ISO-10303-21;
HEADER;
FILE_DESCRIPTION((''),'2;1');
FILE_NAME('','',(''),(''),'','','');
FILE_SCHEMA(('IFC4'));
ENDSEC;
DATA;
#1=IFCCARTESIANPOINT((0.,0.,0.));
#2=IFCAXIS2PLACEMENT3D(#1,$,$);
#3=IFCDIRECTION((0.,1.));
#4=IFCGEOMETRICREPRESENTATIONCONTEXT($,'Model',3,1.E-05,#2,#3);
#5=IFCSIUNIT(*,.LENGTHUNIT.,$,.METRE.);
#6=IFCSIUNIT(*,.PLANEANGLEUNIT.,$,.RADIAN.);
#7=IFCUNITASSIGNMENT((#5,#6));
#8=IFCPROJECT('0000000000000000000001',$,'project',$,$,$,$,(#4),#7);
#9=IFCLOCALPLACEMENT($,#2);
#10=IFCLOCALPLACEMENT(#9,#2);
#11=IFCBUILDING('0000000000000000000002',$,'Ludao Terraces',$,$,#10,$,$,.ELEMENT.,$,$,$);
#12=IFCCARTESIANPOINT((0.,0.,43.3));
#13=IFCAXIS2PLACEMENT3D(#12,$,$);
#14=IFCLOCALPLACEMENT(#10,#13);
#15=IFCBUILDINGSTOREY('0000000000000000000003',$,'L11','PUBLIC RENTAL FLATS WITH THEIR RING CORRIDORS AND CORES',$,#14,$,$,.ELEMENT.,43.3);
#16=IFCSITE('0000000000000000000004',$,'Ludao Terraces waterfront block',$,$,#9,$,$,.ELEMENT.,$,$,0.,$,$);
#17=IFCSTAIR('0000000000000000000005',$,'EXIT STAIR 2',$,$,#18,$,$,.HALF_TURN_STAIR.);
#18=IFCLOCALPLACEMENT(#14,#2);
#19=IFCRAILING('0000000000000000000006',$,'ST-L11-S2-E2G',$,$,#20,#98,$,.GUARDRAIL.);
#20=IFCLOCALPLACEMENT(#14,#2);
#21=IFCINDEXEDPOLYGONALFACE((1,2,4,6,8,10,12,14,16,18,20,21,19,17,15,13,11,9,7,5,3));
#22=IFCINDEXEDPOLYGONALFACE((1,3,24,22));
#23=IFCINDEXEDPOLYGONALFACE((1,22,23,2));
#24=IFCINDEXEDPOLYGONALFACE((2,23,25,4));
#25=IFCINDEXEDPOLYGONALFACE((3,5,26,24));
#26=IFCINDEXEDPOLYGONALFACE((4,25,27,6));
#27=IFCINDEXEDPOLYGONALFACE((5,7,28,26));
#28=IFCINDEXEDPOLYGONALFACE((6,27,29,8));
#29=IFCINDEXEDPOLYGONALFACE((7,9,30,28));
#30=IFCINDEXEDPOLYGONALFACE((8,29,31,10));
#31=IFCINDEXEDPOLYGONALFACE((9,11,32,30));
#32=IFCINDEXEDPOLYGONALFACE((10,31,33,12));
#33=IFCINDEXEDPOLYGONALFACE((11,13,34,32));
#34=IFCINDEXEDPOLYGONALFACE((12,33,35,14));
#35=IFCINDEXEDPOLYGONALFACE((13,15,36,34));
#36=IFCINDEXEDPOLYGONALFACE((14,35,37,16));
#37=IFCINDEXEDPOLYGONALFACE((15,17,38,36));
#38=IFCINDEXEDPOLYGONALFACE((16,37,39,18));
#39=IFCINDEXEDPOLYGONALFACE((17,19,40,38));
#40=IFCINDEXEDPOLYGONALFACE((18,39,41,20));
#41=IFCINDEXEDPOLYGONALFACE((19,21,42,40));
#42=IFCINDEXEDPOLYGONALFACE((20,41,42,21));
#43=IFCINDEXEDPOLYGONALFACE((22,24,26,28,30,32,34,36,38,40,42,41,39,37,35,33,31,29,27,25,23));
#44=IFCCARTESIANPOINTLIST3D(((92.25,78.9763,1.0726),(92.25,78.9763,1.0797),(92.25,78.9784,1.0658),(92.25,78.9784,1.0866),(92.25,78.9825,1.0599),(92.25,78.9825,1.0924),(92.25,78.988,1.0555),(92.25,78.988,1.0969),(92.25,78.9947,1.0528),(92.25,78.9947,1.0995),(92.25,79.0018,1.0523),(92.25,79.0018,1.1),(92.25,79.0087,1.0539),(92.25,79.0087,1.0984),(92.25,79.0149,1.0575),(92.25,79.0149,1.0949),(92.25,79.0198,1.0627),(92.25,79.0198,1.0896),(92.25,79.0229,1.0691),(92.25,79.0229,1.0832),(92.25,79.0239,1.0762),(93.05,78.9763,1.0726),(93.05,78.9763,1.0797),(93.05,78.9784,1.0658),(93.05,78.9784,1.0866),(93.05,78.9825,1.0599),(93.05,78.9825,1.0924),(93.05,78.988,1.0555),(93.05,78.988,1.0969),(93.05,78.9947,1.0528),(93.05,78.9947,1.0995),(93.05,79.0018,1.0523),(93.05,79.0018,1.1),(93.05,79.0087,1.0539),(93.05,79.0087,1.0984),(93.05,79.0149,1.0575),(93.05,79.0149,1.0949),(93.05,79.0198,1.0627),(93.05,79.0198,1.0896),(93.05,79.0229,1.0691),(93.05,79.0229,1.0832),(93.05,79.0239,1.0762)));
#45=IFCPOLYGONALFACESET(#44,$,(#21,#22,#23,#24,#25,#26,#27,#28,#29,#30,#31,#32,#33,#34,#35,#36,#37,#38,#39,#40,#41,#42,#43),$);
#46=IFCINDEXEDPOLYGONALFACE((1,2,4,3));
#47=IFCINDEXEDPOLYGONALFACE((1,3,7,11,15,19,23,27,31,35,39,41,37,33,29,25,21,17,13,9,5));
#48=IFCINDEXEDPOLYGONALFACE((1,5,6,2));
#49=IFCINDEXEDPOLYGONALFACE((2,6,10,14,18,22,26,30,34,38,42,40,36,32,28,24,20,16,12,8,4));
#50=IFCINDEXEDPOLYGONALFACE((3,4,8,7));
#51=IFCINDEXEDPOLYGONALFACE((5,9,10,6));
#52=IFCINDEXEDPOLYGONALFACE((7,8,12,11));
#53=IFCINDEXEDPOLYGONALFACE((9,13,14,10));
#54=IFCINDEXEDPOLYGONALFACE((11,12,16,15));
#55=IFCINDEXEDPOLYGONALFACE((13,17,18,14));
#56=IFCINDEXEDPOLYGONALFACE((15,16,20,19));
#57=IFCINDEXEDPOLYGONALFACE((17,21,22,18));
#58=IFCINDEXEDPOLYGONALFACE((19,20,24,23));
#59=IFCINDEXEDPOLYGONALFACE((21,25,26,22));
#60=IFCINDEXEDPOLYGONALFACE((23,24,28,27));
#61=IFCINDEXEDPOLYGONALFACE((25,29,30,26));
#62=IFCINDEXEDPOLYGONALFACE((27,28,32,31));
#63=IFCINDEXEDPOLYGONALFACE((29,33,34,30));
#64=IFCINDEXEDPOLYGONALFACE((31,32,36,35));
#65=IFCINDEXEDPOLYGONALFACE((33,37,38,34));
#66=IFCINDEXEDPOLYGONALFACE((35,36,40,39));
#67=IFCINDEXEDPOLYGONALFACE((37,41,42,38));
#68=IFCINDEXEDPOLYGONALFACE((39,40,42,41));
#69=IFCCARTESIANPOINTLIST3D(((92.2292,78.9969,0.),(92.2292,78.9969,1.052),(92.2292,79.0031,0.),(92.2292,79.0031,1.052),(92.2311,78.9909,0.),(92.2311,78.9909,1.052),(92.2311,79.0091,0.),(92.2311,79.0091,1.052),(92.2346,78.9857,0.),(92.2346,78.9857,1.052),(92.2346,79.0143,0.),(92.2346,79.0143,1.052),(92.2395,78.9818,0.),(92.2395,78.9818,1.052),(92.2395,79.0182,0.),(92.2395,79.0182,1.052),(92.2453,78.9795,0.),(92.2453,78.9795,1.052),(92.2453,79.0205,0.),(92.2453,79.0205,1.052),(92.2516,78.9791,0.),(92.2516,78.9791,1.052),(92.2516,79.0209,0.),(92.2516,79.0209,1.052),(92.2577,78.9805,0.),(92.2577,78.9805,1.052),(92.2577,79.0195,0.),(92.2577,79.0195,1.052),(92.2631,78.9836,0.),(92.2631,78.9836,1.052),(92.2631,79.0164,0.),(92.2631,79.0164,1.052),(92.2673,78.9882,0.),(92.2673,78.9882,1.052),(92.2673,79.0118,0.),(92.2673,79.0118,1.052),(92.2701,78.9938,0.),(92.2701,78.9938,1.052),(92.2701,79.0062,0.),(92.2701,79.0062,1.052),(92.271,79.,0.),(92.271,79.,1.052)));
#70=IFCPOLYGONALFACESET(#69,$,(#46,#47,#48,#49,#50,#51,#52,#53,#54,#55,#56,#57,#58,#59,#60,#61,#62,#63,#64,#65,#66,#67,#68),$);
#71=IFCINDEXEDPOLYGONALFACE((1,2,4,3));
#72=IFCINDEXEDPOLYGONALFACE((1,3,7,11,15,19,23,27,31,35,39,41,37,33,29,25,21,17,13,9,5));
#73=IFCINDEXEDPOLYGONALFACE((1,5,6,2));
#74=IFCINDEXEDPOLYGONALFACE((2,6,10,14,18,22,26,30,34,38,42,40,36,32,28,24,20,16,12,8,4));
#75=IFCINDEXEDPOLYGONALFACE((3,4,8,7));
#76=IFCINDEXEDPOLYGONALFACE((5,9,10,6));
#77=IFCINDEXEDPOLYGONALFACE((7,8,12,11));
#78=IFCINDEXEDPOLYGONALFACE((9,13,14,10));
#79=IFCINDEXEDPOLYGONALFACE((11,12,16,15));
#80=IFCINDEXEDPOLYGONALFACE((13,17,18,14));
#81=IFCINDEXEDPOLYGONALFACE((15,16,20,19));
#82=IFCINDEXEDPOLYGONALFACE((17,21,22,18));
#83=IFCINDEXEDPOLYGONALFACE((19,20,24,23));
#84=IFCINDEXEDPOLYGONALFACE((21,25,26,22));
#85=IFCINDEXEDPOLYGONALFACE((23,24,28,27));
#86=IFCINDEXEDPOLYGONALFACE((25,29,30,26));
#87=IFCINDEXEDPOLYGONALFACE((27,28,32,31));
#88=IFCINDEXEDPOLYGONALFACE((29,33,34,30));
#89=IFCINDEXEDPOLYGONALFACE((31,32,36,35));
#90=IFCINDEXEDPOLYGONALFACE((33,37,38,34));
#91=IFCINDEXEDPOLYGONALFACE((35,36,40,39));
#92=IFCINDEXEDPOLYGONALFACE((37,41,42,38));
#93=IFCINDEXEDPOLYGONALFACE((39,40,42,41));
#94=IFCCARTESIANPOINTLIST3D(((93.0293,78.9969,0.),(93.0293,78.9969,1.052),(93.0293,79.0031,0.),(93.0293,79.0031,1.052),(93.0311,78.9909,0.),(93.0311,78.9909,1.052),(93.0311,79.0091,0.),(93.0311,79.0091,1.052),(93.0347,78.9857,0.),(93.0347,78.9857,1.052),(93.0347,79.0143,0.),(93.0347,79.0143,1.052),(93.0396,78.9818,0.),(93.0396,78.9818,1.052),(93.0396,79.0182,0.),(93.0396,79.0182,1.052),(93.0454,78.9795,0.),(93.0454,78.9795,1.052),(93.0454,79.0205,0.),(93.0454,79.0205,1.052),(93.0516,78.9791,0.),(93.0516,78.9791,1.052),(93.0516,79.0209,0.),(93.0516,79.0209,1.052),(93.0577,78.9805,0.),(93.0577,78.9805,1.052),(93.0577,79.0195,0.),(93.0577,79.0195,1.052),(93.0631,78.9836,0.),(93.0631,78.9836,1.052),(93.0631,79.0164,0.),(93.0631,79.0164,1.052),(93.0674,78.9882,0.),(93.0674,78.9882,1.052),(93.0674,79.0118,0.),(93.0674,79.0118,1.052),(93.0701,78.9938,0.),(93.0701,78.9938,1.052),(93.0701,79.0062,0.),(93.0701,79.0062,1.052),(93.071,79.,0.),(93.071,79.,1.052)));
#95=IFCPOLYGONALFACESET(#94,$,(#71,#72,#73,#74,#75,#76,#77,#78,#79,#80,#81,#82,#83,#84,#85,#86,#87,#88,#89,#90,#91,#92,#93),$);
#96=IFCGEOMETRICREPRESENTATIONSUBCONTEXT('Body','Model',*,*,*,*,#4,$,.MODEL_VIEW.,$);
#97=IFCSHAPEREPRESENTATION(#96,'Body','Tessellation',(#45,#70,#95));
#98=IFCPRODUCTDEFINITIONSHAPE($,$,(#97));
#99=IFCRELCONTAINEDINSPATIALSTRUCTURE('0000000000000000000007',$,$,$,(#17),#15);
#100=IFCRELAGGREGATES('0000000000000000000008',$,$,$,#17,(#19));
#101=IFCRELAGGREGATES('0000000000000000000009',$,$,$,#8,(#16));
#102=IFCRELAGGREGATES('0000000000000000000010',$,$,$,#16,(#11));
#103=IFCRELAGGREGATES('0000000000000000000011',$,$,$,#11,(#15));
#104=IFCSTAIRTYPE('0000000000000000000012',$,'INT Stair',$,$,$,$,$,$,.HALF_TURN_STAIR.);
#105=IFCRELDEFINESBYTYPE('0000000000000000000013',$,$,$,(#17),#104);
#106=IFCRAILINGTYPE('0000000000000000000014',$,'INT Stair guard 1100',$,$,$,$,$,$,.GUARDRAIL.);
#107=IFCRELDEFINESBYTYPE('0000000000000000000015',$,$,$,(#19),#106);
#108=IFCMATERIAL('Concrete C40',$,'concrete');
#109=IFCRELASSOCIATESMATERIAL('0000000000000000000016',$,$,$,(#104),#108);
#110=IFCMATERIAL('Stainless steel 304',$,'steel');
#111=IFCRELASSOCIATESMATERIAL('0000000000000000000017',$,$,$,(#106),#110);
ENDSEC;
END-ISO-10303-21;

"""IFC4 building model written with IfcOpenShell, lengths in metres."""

from ifc_helpers import new_model, si_unit, direction, frame, origin, origin_2d, place, context, subcontext, project, spatial, circle, extrude, material, type_object, element, aggregate, save


model = new_model("IFC4")

# Units and contexts
model_context = context("Model", 3, precision=1e-05, world=origin(), true_north=direction((0.0, 1.0)))
body_context = subcontext(model_context, "Body", "Model", "MODEL_VIEW")
ifc_project = project(units=[si_unit("LENGTHUNIT", "METRE"), si_unit("PLANEANGLEUNIT", "RADIAN")], contexts=[model_context])

# Site, building, storey
site_placement = place(None, origin())
site = spatial("IfcSite", under=ifc_project, at=site_placement, Name="Ludao Terraces waterfront block", CompositionType="ELEMENT", RefElevation=0.0)
building_placement = place(site_placement, origin())
building = spatial("IfcBuilding", under=site, at=building_placement, Name="Ludao Terraces", CompositionType="ELEMENT")
storey_placement = place(building_placement, frame((0.0, 0.0, 43.3)))
storey = spatial("IfcBuildingStorey", under=building, at=storey_placement, Name="L11", Description="PUBLIC RENTAL FLATS WITH THEIR RING CORRIDORS AND CORES", CompositionType="ELEMENT", Elevation=43.3)

# Stair, railing
ifc_material_1 = material(Name="Concrete C40", Category="concrete")
stair_type = type_object("IfcStairType", Name="INT Stair", PredefinedType="HALF_TURN_STAIR", material=ifc_material_1)
stair_placement = place(storey_placement, origin())
stair = element("IfcStair", 1, at=stair_placement, inside=storey, type_object=stair_type, Name="EXIT STAIR 2", PredefinedType="HALF_TURN_STAIR")
ifc_material_2 = material(Name="Stainless steel 304", Category="steel")
railing_type_1 = type_object("IfcRailingType", Name="INT Stair guard 1100", PredefinedType="GUARDRAIL", material=ifc_material_2)
railing_1_placement = place(storey_placement, frame((92.25, 79.0, 0.0)))
railing_1 = element("IfcRailing", 2, at=railing_1_placement, type_object=railing_type_1, Name="ST-L11-S2-E2G", PredefinedType="GUARDRAIL", context=body_context, shape_type="SweptSolid", body=[
    extrude(circle(Radius=0.0239, at=origin_2d()), frame((0.0, 0.0, 1.0762), z_axis=(1.0, 0.0, 0.0), x_axis=(0.0, 1.0, 0.0)), (0.0, 0.0, 1.0), 0.8),
    extrude(circle(Radius=0.021, at=origin_2d()), origin(), (0.0, 0.0, 1.0), 1.052),
    extrude(circle(Radius=0.021, at=origin_2d()), frame((0.8, 0.0, 0.0)), (0.0, 0.0, 1.0), 1.052),
])
aggregate(stair, [railing_1])

save(model, "model.ifc")
